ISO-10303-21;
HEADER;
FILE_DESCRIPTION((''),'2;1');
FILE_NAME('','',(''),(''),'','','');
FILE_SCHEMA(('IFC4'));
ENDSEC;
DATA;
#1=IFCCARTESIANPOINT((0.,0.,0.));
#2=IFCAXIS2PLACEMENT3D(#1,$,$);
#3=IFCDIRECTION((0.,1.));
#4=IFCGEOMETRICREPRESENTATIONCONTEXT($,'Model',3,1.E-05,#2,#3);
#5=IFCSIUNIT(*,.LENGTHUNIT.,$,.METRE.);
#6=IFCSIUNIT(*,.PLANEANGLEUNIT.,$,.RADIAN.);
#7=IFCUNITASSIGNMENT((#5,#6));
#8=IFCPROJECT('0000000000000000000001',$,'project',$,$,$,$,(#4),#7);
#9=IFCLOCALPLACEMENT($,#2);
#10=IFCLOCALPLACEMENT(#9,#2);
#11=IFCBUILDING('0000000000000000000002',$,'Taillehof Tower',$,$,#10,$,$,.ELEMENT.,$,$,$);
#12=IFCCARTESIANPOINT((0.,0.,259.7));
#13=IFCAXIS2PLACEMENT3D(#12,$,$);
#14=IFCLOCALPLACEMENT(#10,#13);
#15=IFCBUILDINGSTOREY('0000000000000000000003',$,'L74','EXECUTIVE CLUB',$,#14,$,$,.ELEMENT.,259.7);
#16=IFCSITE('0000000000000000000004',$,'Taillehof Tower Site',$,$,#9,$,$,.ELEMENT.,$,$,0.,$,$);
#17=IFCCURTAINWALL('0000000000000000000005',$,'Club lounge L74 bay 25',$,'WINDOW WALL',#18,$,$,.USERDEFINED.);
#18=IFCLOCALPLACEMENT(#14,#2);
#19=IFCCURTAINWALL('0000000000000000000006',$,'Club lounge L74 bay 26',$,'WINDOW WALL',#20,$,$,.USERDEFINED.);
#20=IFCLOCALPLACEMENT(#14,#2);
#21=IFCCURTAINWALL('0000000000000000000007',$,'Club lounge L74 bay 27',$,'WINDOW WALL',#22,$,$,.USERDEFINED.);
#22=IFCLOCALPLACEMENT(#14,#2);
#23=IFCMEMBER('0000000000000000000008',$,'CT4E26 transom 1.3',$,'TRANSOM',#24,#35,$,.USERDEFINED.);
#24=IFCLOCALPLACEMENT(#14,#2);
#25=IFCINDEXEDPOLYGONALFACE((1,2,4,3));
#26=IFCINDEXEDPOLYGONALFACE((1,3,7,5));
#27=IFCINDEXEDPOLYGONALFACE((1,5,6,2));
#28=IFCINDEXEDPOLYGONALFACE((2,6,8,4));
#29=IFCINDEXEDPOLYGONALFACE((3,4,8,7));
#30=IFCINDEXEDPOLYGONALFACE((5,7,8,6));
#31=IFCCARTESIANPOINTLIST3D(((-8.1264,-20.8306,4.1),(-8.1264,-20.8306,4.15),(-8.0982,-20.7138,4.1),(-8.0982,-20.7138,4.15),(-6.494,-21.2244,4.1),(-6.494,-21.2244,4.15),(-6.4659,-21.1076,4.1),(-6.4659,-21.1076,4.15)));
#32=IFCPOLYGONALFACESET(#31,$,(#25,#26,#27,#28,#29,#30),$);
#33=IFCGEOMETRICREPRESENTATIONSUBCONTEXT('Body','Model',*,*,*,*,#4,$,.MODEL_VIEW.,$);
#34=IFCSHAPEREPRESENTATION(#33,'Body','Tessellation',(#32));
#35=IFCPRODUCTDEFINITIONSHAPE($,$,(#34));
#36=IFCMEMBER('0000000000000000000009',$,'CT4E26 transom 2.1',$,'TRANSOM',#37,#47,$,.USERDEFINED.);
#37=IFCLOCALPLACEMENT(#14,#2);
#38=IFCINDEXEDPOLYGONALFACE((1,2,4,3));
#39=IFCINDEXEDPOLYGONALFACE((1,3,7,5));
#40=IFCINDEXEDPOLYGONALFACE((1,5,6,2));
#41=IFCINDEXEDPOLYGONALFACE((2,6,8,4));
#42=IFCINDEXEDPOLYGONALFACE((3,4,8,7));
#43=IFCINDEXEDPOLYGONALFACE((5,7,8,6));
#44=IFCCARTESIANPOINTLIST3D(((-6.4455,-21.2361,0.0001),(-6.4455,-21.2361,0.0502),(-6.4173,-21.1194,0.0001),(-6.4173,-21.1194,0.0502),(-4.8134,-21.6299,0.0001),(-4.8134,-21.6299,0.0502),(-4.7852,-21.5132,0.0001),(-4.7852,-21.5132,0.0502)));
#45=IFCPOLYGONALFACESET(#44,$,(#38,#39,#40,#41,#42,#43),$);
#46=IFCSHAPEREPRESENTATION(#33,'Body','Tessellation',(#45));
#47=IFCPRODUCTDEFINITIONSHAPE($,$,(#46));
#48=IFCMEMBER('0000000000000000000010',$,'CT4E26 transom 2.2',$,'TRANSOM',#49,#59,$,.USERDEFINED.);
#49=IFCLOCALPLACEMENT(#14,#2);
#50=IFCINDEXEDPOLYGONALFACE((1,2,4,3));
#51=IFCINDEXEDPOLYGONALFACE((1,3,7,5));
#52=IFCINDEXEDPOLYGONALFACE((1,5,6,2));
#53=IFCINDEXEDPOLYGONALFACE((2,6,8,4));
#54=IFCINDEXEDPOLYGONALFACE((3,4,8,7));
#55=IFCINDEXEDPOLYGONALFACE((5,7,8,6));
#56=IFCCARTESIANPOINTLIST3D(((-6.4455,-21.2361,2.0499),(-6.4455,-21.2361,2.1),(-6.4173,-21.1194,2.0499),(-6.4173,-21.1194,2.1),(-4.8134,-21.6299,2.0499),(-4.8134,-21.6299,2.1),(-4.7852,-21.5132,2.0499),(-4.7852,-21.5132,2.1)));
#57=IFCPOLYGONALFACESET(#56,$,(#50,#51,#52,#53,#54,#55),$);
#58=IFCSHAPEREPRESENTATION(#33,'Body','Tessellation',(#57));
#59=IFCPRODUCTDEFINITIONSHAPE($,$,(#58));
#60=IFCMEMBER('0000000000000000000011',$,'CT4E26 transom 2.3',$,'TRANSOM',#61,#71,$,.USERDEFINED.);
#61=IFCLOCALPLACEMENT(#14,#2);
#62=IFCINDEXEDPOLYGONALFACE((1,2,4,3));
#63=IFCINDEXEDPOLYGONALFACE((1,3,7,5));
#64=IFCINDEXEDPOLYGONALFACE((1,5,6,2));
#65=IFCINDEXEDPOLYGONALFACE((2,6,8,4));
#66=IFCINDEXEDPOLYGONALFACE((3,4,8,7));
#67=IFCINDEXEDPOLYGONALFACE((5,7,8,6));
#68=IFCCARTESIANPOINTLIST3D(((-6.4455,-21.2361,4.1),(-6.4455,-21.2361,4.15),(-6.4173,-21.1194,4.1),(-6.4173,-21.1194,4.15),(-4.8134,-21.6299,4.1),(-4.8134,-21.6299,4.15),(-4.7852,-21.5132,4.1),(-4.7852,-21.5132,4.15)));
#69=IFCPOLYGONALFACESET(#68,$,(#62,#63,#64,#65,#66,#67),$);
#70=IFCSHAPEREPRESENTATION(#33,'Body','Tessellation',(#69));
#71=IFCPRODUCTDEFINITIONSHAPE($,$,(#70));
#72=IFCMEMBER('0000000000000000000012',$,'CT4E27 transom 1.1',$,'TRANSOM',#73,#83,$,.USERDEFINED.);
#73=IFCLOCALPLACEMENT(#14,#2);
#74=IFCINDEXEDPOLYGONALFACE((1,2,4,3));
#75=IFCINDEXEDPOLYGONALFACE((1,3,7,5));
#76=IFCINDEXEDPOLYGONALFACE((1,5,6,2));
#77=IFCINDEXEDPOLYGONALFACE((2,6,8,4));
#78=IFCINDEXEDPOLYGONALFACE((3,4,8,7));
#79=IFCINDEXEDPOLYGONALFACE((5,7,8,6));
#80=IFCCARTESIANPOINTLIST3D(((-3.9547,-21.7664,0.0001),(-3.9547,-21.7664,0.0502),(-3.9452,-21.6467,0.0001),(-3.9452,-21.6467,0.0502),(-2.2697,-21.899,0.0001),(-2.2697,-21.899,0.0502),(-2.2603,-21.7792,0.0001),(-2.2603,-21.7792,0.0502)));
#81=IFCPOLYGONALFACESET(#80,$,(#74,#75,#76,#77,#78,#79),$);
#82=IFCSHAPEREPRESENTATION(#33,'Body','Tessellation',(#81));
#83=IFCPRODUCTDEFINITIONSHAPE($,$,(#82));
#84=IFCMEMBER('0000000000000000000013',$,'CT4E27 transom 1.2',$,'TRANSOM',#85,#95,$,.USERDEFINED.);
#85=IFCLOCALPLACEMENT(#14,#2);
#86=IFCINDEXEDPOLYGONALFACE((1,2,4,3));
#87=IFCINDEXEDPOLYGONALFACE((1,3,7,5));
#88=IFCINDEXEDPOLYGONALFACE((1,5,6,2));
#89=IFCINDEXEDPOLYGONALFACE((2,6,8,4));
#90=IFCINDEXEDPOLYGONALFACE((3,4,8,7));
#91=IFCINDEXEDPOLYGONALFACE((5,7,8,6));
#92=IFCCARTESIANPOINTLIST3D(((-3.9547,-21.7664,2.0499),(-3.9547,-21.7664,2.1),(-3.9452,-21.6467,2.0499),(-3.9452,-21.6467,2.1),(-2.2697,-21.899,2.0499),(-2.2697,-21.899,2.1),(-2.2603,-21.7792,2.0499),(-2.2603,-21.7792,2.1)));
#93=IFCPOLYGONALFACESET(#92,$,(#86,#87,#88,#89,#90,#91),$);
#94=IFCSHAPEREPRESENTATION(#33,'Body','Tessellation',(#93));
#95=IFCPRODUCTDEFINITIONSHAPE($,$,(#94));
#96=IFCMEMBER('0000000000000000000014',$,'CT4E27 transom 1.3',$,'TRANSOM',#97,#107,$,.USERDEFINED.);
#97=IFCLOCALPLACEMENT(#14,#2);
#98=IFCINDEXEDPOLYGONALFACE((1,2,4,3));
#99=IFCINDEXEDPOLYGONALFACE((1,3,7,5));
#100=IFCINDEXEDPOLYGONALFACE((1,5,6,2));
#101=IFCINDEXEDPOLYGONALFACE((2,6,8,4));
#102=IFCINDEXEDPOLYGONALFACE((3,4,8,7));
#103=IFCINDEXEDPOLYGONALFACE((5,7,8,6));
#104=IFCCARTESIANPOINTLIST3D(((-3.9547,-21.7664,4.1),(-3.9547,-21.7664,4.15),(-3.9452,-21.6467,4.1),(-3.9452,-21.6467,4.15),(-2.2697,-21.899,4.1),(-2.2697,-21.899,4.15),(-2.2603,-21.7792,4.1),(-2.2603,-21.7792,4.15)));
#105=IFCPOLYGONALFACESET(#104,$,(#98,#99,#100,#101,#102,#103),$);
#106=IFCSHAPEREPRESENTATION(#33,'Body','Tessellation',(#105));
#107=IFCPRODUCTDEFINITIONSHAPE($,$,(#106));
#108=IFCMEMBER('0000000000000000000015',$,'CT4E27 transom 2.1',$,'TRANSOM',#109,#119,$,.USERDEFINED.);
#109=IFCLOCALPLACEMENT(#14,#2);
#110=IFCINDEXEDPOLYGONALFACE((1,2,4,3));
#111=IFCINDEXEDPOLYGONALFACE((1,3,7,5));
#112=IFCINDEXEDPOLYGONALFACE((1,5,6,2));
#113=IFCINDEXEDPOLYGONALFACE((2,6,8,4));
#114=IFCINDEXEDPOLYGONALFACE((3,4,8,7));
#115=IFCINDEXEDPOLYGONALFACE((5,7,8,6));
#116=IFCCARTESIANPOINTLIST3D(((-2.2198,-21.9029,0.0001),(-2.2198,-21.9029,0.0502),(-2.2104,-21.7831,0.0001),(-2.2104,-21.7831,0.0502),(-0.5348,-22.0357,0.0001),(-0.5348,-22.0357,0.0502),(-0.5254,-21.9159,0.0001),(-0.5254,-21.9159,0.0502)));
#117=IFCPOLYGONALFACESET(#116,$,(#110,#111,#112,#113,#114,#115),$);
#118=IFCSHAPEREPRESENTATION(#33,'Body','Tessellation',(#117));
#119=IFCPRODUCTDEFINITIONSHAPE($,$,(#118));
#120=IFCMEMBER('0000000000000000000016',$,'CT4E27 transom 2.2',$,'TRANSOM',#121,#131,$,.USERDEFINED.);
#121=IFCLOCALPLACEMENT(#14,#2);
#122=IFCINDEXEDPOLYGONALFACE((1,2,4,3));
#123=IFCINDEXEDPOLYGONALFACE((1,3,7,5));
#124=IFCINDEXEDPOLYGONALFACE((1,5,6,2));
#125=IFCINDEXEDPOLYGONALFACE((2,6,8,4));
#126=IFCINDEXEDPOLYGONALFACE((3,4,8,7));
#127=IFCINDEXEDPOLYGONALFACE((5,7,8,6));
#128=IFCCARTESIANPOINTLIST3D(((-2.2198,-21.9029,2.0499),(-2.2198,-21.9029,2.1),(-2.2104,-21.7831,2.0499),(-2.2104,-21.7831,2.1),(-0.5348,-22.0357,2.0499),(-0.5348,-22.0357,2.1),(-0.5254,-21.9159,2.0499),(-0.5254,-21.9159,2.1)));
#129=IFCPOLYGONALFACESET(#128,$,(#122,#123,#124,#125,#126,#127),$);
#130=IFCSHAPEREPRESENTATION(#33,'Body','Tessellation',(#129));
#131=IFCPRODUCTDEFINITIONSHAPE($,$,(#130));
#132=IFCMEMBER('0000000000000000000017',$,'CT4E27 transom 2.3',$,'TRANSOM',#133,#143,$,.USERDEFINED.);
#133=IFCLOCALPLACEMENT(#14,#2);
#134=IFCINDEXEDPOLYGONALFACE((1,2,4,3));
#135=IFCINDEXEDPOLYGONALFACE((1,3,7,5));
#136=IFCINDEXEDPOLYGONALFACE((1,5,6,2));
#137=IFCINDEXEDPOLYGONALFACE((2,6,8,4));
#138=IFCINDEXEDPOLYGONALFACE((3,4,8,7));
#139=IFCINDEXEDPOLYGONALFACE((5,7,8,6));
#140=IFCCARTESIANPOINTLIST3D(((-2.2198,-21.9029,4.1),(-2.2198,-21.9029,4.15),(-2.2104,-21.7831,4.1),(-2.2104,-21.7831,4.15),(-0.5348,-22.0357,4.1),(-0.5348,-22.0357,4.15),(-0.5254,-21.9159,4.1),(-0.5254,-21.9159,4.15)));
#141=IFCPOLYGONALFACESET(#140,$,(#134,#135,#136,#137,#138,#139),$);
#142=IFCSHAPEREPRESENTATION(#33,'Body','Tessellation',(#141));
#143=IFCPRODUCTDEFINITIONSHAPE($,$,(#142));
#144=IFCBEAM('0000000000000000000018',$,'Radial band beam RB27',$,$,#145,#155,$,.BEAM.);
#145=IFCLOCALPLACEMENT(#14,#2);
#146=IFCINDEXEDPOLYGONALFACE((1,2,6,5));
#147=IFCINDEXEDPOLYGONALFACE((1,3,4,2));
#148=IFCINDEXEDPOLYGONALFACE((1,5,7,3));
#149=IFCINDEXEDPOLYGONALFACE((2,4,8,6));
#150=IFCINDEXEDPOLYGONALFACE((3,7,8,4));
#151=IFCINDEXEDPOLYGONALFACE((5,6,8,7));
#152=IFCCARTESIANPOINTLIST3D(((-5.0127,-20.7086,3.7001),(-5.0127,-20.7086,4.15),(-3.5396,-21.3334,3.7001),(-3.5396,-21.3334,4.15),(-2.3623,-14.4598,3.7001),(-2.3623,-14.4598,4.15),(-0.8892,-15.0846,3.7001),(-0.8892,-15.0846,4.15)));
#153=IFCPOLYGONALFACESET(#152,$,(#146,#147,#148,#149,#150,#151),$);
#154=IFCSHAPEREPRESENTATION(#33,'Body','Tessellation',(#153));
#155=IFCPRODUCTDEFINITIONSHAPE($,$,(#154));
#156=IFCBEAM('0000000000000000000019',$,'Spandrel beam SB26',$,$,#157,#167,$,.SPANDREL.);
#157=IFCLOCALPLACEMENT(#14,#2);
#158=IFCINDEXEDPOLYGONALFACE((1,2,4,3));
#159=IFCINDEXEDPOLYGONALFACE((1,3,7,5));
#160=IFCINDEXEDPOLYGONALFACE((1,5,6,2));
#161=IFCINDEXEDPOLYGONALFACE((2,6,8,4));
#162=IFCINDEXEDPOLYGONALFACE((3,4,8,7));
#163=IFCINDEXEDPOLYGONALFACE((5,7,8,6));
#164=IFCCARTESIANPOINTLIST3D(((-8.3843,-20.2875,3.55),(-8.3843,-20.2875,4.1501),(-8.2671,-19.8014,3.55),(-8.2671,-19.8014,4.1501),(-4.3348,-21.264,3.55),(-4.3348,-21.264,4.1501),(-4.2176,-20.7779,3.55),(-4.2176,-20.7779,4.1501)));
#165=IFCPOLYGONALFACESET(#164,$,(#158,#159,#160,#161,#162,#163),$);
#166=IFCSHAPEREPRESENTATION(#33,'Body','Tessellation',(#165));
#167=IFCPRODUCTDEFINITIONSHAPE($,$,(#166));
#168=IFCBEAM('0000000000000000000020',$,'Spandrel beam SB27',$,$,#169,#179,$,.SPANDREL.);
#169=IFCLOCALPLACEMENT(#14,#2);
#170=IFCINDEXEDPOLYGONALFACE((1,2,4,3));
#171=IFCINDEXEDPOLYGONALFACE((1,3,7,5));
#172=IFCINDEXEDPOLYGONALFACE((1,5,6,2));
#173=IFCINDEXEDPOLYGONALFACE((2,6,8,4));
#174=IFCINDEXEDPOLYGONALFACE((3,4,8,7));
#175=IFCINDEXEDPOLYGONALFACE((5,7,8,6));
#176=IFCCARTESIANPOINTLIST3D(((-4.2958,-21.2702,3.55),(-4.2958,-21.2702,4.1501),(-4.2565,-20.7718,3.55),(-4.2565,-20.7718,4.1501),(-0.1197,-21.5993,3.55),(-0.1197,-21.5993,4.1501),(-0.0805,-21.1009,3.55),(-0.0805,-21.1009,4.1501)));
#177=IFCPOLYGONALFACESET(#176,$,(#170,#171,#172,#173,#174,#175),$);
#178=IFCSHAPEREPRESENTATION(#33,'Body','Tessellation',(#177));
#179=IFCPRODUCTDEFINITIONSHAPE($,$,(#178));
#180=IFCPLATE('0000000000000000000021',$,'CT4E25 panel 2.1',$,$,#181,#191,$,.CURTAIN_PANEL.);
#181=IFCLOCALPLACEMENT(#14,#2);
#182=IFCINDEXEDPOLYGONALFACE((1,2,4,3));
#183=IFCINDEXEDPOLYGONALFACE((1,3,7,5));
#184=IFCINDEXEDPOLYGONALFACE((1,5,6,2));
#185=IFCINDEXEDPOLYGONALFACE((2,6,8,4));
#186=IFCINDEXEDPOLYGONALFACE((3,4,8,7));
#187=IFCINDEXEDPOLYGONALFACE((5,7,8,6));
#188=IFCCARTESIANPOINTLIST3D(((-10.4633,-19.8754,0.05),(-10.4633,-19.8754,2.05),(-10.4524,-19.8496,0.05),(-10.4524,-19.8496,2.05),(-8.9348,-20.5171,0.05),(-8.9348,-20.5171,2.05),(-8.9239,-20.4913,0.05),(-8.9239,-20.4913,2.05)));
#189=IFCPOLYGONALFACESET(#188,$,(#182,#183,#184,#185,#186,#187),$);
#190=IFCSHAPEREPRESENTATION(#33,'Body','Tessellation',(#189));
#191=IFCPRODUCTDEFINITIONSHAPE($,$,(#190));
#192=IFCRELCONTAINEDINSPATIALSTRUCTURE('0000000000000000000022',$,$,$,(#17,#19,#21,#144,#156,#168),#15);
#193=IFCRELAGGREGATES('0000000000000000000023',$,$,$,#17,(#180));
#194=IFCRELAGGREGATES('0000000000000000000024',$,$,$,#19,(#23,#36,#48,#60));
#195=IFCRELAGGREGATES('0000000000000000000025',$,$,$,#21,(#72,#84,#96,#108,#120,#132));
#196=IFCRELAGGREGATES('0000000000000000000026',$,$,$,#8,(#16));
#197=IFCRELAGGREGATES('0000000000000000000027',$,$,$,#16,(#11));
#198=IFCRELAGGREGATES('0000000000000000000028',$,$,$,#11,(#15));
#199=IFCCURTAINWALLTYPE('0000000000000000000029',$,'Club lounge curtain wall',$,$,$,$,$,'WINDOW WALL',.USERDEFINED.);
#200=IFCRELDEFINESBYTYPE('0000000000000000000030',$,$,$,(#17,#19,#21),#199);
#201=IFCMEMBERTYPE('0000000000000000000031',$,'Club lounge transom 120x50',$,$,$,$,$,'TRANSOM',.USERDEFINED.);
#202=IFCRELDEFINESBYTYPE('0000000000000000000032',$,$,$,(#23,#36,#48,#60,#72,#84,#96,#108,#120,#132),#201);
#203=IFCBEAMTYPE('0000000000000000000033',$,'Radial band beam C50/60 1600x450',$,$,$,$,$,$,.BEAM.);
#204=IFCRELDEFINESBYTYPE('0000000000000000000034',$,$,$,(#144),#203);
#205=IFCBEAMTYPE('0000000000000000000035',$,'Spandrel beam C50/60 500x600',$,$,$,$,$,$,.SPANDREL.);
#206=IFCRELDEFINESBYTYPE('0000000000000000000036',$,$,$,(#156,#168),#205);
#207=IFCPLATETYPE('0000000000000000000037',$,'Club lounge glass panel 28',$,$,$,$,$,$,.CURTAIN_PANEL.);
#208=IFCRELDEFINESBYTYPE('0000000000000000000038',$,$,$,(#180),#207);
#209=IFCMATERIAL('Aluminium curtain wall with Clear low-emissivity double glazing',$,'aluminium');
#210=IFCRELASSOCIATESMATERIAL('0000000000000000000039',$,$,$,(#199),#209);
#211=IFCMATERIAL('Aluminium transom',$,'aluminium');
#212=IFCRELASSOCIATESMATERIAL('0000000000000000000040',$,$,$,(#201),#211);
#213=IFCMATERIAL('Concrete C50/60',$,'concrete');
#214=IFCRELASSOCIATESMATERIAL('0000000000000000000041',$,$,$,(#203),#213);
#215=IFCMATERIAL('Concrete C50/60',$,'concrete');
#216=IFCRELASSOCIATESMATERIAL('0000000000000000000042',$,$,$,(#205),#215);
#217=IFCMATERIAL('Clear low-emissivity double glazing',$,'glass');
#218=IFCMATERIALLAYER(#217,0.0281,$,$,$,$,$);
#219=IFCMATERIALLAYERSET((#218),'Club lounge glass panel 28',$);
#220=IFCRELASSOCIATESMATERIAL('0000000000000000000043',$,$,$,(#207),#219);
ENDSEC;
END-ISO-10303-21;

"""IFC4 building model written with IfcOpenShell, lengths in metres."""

from ifc_helpers import new_model, si_unit, direction, frame, origin, origin_2d, place, context, subcontext, project, spatial, rectangle, extrude, material, layer, layer_set, material_profile, profile_set, type_object, element, aggregate, save


model = new_model("IFC4")

# Units and contexts
model_context = context("Model", 3, precision=1e-05, world=origin(), true_north=direction((0.0, 1.0)))
body_context = subcontext(model_context, "Body", "Model", "MODEL_VIEW")
ifc_project = project(units=[si_unit("LENGTHUNIT", "METRE"), si_unit("PLANEANGLEUNIT", "RADIAN")], contexts=[model_context])

# Site, building, storey
site_placement = place(None, origin())
site = spatial("IfcSite", under=ifc_project, at=site_placement, Name="Taillehof Tower Site", CompositionType="ELEMENT", RefElevation=0.0)
building_placement = place(site_placement, origin())
building = spatial("IfcBuilding", under=site, at=building_placement, Name="Taillehof Tower", CompositionType="ELEMENT")
storey_placement = place(building_placement, frame((0.0, 0.0, 259.7)))
storey = spatial("IfcBuildingStorey", under=building, at=storey_placement, Name="L74", Description="EXECUTIVE CLUB", CompositionType="ELEMENT", Elevation=259.7)

# Curtain wall
ifc_material_1 = material(Name="Aluminium curtain wall with Clear low-emissivity double glazing", Category="aluminium")
curtain_wall_type = type_object("IfcCurtainWallType", Name="Club lounge curtain wall", ElementType="WINDOW WALL", PredefinedType="USERDEFINED", material=ifc_material_1)
curtain_wall_1_placement = place(storey_placement, origin())
curtain_wall_1 = element("IfcCurtainWall", 1, at=curtain_wall_1_placement, inside=storey, type_object=curtain_wall_type, Name="Club lounge L74 bay 25", ObjectType="WINDOW WALL", PredefinedType="USERDEFINED")

# Curtain walls
curtain_wall_2_placement = place(storey_placement, origin())
curtain_wall_2 = element("IfcCurtainWall", 2, at=curtain_wall_2_placement, inside=storey, type_object=curtain_wall_type, Name="Club lounge L74 bay 26", ObjectType="WINDOW WALL", PredefinedType="USERDEFINED")
curtain_wall_3_placement = place(storey_placement, origin())
curtain_wall_3 = element("IfcCurtainWall", 3, at=curtain_wall_3_placement, inside=storey, type_object=curtain_wall_type, Name="Club lounge L74 bay 27", ObjectType="WINDOW WALL", PredefinedType="USERDEFINED")

# Members
ifc_material_2 = material(Name="Aluminium transom", Category="aluminium")
ifc_material_profile_1 = material_profile(ifc_material_2, rectangle(XDim=0.1201, YDim=0.05, at=origin_2d()), Name="AL 120x50")
ifc_profile_set_1 = profile_set([ifc_material_profile_1], Name="Aluminium transom")
member_type_1 = type_object("IfcMemberType", Name="Club lounge transom 120x50", ElementType="TRANSOM", PredefinedType="USERDEFINED", material=ifc_profile_set_1)
member_1_placement = place(storey_placement, frame((-8.1123, -20.7722, 4.125), z_axis=(0.972111, -0.234522, 0.0), x_axis=(0.234522, 0.972111, 0.0)))
member_1 = element("IfcMember", 4, at=member_1_placement, type_object=member_type_1, Name="CT4E26 transom 1.3", ObjectType="TRANSOM", PredefinedType="USERDEFINED", context=body_context, shape_type="SweptSolid", body=[
    extrude(rectangle(XDim=0.1201, YDim=0.05, at=origin_2d()), origin(), (0.0, 0.0, 1.0), 1.6792),
])
member_2_placement = place(storey_placement, frame((-6.4314, -21.1777, 0.0251), z_axis=(0.972103, -0.234555, 0.0), x_axis=(0.234555, 0.972103, 0.0)))
member_2 = element("IfcMember", 5, at=member_2_placement, type_object=member_type_1, Name="CT4E26 transom 2.1", ObjectType="TRANSOM", PredefinedType="USERDEFINED", context=body_context, shape_type="SweptSolid", body=[
    extrude(rectangle(XDim=0.1201, YDim=0.05, at=origin_2d()), origin(), (0.0, 0.0, 1.0), 1.679),
])
member_3_placement = place(storey_placement, frame((-6.4314, -21.1777, 2.075), z_axis=(0.972103, -0.234555, 0.0), x_axis=(0.234555, 0.972103, 0.0)))
member_3 = element("IfcMember", 6, at=member_3_placement, type_object=member_type_1, Name="CT4E26 transom 2.2", ObjectType="TRANSOM", PredefinedType="USERDEFINED", context=body_context, shape_type="SweptSolid", body=[
    extrude(rectangle(XDim=0.1201, YDim=0.05, at=origin_2d()), origin(), (0.0, 0.0, 1.0), 1.679),
])
member_4_placement = place(storey_placement, frame((-6.4314, -21.1777, 4.125), z_axis=(0.972103, -0.234555, 0.0), x_axis=(0.234555, 0.972103, 0.0)))
member_4 = element("IfcMember", 7, at=member_4_placement, type_object=member_type_1, Name="CT4E26 transom 2.3", ObjectType="TRANSOM", PredefinedType="USERDEFINED", context=body_context, shape_type="SweptSolid", body=[
    extrude(rectangle(XDim=0.1201, YDim=0.05, at=origin_2d()), origin(), (0.0, 0.0, 1.0), 1.679),
])
member_5_placement = place(storey_placement, frame((-3.95, -21.7065, 0.0251), z_axis=(0.99692, -0.078431, 0.0), x_axis=(0.078431, 0.99692, 0.0)))
member_5 = element("IfcMember", 8, at=member_5_placement, type_object=member_type_1, Name="CT4E27 transom 1.1", ObjectType="TRANSOM", PredefinedType="USERDEFINED", context=body_context, shape_type="SweptSolid", body=[
    extrude(rectangle(XDim=0.1201, YDim=0.05, at=origin_2d()), origin(), (0.0, 0.0, 1.0), 1.6902),
])
member_6_placement = place(storey_placement, frame((-3.95, -21.7065, 2.075), z_axis=(0.99692, -0.078431, 0.0), x_axis=(0.078431, 0.99692, 0.0)))
member_6 = element("IfcMember", 9, at=member_6_placement, type_object=member_type_1, Name="CT4E27 transom 1.2", ObjectType="TRANSOM", PredefinedType="USERDEFINED", context=body_context, shape_type="SweptSolid", body=[
    extrude(rectangle(XDim=0.1201, YDim=0.05, at=origin_2d()), origin(), (0.0, 0.0, 1.0), 1.6902),
])
member_7_placement = place(storey_placement, frame((-3.95, -21.7065, 4.125), z_axis=(0.99692, -0.078431, 0.0), x_axis=(0.078431, 0.99692, 0.0)))
member_7 = element("IfcMember", 10, at=member_7_placement, type_object=member_type_1, Name="CT4E27 transom 1.3", ObjectType="TRANSOM", PredefinedType="USERDEFINED", context=body_context, shape_type="SweptSolid", body=[
    extrude(rectangle(XDim=0.1201, YDim=0.05, at=origin_2d()), origin(), (0.0, 0.0, 1.0), 1.6902),
])
member_8_placement = place(storey_placement, frame((-2.2151, -21.843, 0.0251), z_axis=(0.996908, -0.078574, 0.0), x_axis=(0.078574, 0.996908, 0.0)))
member_8 = element("IfcMember", 11, at=member_8_placement, type_object=member_type_1, Name="CT4E27 transom 2.1", ObjectType="TRANSOM", PredefinedType="USERDEFINED", context=body_context, shape_type="SweptSolid", body=[
    extrude(rectangle(XDim=0.1201, YDim=0.05, at=origin_2d()), origin(), (0.0, 0.0, 1.0), 1.6902),
])
member_9_placement = place(storey_placement, frame((-2.2151, -21.843, 2.075), z_axis=(0.996908, -0.078574, 0.0), x_axis=(0.078574, 0.996908, 0.0)))
member_9 = element("IfcMember", 12, at=member_9_placement, type_object=member_type_1, Name="CT4E27 transom 2.2", ObjectType="TRANSOM", PredefinedType="USERDEFINED", context=body_context, shape_type="SweptSolid", body=[
    extrude(rectangle(XDim=0.1201, YDim=0.05, at=origin_2d()), origin(), (0.0, 0.0, 1.0), 1.6902),
])
member_10_placement = place(storey_placement, frame((-2.2151, -21.843, 4.125), z_axis=(0.996908, -0.078574, 0.0), x_axis=(0.078574, 0.996908, 0.0)))
member_10 = element("IfcMember", 13, at=member_10_placement, type_object=member_type_1, Name="CT4E27 transom 2.3", ObjectType="TRANSOM", PredefinedType="USERDEFINED", context=body_context, shape_type="SweptSolid", body=[
    extrude(rectangle(XDim=0.1201, YDim=0.05, at=origin_2d()), origin(), (0.0, 0.0, 1.0), 1.6902),
])

# Beams
ifc_material_3 = material(Name="Concrete C50/60", Category="concrete")
ifc_material_profile_2 = material_profile(ifc_material_3, rectangle(XDim=1.6001, YDim=0.45, at=origin_2d()), Name="RC 1600x450")
ifc_profile_set_2 = profile_set([ifc_material_profile_2], Name="Concrete C50/60")
beam_type_1 = type_object("IfcBeamType", Name="Radial band beam C50/60 1600x450", PredefinedType="BEAM", material=ifc_profile_set_2)
beam_1_placement = place(storey_placement, frame((-4.2761, -21.021, 3.925), z_axis=(0.390474, 0.920614, 0.0), x_axis=(-0.920614, 0.390474, 0.0)))
element("IfcBeam", 14, at=beam_1_placement, inside=storey, type_object=beam_type_1, Name="Radial band beam RB27", PredefinedType="BEAM", context=body_context, shape_type="SweptSolid", body=[
    extrude(rectangle(XDim=1.6001, YDim=0.45, at=origin_2d()), origin(), (0.0, 0.0, 1.0), 6.7876),
])
ifc_material_4 = material(Name="Concrete C50/60", Category="concrete")
ifc_material_profile_3 = material_profile(ifc_material_4, rectangle(XDim=0.5, YDim=0.6001, at=origin_2d()), Name="RC 500x600")
ifc_profile_set_3 = profile_set([ifc_material_profile_3], Name="Concrete C50/60")
beam_type_2 = type_object("IfcBeamType", Name="Spandrel beam C50/60 500x600", PredefinedType="SPANDREL", material=ifc_profile_set_3)
beam_2_placement = place(storey_placement, frame((-8.3257, -20.0444, 3.8501), z_axis=(0.972132, -0.234432, 0.0), x_axis=(0.234432, 0.972132, 0.0)))
element("IfcBeam", 15, at=beam_2_placement, inside=storey, type_object=beam_type_2, Name="Spandrel beam SB26", PredefinedType="SPANDREL", context=body_context, shape_type="SweptSolid", body=[
    extrude(rectangle(XDim=0.5, YDim=0.6001, at=origin_2d()), origin(), (0.0, 0.0, 1.0), 4.1655),
])
beam_3_placement = place(storey_placement, frame((-4.2761, -21.021, 3.8501), z_axis=(0.996909, -0.078564, 0.0), x_axis=(0.078564, 0.996909, 0.0)))
element("IfcBeam", 16, at=beam_3_placement, inside=storey, type_object=beam_type_2, Name="Spandrel beam SB27", PredefinedType="SPANDREL", context=body_context, shape_type="SweptSolid", body=[
    extrude(rectangle(XDim=0.5, YDim=0.6001, at=origin_2d()), origin(), (0.0, 0.0, 1.0), 4.189),
])

# Plate
ifc_material_5 = material(Name="Clear low-emissivity double glazing", Category="glass")
ifc_layer = layer(ifc_material_5, 0.0281)
ifc_layer_set = layer_set([ifc_layer], Name="Club lounge glass panel 28")
plate_type = type_object("IfcPlateType", Name="Club lounge glass panel 28", PredefinedType="CURTAIN_PANEL", material=ifc_layer_set)
plate_1_placement = place(storey_placement, frame((-9.6936, -20.1833, 0.05), z_axis=(0.0, 0.0, 1.0), x_axis=(0.922037, -0.387101, 0.0)))
plate_1 = element("IfcPlate", 17, at=plate_1_placement, type_object=plate_type, Name="CT4E25 panel 2.1", PredefinedType="CURTAIN_PANEL", context=body_context, shape_type="SweptSolid", body=[
    extrude(rectangle(XDim=1.6577, YDim=0.0281, at=origin_2d()), origin(), (0.0, 0.0, 1.0), 2.0),
])
aggregate(curtain_wall_1, [plate_1])
aggregate(curtain_wall_2, [member_1, member_2, member_3, member_4])
aggregate(curtain_wall_3, [member_5, member_6, member_7, member_8, member_9, member_10])

save(model, "model.ifc")
